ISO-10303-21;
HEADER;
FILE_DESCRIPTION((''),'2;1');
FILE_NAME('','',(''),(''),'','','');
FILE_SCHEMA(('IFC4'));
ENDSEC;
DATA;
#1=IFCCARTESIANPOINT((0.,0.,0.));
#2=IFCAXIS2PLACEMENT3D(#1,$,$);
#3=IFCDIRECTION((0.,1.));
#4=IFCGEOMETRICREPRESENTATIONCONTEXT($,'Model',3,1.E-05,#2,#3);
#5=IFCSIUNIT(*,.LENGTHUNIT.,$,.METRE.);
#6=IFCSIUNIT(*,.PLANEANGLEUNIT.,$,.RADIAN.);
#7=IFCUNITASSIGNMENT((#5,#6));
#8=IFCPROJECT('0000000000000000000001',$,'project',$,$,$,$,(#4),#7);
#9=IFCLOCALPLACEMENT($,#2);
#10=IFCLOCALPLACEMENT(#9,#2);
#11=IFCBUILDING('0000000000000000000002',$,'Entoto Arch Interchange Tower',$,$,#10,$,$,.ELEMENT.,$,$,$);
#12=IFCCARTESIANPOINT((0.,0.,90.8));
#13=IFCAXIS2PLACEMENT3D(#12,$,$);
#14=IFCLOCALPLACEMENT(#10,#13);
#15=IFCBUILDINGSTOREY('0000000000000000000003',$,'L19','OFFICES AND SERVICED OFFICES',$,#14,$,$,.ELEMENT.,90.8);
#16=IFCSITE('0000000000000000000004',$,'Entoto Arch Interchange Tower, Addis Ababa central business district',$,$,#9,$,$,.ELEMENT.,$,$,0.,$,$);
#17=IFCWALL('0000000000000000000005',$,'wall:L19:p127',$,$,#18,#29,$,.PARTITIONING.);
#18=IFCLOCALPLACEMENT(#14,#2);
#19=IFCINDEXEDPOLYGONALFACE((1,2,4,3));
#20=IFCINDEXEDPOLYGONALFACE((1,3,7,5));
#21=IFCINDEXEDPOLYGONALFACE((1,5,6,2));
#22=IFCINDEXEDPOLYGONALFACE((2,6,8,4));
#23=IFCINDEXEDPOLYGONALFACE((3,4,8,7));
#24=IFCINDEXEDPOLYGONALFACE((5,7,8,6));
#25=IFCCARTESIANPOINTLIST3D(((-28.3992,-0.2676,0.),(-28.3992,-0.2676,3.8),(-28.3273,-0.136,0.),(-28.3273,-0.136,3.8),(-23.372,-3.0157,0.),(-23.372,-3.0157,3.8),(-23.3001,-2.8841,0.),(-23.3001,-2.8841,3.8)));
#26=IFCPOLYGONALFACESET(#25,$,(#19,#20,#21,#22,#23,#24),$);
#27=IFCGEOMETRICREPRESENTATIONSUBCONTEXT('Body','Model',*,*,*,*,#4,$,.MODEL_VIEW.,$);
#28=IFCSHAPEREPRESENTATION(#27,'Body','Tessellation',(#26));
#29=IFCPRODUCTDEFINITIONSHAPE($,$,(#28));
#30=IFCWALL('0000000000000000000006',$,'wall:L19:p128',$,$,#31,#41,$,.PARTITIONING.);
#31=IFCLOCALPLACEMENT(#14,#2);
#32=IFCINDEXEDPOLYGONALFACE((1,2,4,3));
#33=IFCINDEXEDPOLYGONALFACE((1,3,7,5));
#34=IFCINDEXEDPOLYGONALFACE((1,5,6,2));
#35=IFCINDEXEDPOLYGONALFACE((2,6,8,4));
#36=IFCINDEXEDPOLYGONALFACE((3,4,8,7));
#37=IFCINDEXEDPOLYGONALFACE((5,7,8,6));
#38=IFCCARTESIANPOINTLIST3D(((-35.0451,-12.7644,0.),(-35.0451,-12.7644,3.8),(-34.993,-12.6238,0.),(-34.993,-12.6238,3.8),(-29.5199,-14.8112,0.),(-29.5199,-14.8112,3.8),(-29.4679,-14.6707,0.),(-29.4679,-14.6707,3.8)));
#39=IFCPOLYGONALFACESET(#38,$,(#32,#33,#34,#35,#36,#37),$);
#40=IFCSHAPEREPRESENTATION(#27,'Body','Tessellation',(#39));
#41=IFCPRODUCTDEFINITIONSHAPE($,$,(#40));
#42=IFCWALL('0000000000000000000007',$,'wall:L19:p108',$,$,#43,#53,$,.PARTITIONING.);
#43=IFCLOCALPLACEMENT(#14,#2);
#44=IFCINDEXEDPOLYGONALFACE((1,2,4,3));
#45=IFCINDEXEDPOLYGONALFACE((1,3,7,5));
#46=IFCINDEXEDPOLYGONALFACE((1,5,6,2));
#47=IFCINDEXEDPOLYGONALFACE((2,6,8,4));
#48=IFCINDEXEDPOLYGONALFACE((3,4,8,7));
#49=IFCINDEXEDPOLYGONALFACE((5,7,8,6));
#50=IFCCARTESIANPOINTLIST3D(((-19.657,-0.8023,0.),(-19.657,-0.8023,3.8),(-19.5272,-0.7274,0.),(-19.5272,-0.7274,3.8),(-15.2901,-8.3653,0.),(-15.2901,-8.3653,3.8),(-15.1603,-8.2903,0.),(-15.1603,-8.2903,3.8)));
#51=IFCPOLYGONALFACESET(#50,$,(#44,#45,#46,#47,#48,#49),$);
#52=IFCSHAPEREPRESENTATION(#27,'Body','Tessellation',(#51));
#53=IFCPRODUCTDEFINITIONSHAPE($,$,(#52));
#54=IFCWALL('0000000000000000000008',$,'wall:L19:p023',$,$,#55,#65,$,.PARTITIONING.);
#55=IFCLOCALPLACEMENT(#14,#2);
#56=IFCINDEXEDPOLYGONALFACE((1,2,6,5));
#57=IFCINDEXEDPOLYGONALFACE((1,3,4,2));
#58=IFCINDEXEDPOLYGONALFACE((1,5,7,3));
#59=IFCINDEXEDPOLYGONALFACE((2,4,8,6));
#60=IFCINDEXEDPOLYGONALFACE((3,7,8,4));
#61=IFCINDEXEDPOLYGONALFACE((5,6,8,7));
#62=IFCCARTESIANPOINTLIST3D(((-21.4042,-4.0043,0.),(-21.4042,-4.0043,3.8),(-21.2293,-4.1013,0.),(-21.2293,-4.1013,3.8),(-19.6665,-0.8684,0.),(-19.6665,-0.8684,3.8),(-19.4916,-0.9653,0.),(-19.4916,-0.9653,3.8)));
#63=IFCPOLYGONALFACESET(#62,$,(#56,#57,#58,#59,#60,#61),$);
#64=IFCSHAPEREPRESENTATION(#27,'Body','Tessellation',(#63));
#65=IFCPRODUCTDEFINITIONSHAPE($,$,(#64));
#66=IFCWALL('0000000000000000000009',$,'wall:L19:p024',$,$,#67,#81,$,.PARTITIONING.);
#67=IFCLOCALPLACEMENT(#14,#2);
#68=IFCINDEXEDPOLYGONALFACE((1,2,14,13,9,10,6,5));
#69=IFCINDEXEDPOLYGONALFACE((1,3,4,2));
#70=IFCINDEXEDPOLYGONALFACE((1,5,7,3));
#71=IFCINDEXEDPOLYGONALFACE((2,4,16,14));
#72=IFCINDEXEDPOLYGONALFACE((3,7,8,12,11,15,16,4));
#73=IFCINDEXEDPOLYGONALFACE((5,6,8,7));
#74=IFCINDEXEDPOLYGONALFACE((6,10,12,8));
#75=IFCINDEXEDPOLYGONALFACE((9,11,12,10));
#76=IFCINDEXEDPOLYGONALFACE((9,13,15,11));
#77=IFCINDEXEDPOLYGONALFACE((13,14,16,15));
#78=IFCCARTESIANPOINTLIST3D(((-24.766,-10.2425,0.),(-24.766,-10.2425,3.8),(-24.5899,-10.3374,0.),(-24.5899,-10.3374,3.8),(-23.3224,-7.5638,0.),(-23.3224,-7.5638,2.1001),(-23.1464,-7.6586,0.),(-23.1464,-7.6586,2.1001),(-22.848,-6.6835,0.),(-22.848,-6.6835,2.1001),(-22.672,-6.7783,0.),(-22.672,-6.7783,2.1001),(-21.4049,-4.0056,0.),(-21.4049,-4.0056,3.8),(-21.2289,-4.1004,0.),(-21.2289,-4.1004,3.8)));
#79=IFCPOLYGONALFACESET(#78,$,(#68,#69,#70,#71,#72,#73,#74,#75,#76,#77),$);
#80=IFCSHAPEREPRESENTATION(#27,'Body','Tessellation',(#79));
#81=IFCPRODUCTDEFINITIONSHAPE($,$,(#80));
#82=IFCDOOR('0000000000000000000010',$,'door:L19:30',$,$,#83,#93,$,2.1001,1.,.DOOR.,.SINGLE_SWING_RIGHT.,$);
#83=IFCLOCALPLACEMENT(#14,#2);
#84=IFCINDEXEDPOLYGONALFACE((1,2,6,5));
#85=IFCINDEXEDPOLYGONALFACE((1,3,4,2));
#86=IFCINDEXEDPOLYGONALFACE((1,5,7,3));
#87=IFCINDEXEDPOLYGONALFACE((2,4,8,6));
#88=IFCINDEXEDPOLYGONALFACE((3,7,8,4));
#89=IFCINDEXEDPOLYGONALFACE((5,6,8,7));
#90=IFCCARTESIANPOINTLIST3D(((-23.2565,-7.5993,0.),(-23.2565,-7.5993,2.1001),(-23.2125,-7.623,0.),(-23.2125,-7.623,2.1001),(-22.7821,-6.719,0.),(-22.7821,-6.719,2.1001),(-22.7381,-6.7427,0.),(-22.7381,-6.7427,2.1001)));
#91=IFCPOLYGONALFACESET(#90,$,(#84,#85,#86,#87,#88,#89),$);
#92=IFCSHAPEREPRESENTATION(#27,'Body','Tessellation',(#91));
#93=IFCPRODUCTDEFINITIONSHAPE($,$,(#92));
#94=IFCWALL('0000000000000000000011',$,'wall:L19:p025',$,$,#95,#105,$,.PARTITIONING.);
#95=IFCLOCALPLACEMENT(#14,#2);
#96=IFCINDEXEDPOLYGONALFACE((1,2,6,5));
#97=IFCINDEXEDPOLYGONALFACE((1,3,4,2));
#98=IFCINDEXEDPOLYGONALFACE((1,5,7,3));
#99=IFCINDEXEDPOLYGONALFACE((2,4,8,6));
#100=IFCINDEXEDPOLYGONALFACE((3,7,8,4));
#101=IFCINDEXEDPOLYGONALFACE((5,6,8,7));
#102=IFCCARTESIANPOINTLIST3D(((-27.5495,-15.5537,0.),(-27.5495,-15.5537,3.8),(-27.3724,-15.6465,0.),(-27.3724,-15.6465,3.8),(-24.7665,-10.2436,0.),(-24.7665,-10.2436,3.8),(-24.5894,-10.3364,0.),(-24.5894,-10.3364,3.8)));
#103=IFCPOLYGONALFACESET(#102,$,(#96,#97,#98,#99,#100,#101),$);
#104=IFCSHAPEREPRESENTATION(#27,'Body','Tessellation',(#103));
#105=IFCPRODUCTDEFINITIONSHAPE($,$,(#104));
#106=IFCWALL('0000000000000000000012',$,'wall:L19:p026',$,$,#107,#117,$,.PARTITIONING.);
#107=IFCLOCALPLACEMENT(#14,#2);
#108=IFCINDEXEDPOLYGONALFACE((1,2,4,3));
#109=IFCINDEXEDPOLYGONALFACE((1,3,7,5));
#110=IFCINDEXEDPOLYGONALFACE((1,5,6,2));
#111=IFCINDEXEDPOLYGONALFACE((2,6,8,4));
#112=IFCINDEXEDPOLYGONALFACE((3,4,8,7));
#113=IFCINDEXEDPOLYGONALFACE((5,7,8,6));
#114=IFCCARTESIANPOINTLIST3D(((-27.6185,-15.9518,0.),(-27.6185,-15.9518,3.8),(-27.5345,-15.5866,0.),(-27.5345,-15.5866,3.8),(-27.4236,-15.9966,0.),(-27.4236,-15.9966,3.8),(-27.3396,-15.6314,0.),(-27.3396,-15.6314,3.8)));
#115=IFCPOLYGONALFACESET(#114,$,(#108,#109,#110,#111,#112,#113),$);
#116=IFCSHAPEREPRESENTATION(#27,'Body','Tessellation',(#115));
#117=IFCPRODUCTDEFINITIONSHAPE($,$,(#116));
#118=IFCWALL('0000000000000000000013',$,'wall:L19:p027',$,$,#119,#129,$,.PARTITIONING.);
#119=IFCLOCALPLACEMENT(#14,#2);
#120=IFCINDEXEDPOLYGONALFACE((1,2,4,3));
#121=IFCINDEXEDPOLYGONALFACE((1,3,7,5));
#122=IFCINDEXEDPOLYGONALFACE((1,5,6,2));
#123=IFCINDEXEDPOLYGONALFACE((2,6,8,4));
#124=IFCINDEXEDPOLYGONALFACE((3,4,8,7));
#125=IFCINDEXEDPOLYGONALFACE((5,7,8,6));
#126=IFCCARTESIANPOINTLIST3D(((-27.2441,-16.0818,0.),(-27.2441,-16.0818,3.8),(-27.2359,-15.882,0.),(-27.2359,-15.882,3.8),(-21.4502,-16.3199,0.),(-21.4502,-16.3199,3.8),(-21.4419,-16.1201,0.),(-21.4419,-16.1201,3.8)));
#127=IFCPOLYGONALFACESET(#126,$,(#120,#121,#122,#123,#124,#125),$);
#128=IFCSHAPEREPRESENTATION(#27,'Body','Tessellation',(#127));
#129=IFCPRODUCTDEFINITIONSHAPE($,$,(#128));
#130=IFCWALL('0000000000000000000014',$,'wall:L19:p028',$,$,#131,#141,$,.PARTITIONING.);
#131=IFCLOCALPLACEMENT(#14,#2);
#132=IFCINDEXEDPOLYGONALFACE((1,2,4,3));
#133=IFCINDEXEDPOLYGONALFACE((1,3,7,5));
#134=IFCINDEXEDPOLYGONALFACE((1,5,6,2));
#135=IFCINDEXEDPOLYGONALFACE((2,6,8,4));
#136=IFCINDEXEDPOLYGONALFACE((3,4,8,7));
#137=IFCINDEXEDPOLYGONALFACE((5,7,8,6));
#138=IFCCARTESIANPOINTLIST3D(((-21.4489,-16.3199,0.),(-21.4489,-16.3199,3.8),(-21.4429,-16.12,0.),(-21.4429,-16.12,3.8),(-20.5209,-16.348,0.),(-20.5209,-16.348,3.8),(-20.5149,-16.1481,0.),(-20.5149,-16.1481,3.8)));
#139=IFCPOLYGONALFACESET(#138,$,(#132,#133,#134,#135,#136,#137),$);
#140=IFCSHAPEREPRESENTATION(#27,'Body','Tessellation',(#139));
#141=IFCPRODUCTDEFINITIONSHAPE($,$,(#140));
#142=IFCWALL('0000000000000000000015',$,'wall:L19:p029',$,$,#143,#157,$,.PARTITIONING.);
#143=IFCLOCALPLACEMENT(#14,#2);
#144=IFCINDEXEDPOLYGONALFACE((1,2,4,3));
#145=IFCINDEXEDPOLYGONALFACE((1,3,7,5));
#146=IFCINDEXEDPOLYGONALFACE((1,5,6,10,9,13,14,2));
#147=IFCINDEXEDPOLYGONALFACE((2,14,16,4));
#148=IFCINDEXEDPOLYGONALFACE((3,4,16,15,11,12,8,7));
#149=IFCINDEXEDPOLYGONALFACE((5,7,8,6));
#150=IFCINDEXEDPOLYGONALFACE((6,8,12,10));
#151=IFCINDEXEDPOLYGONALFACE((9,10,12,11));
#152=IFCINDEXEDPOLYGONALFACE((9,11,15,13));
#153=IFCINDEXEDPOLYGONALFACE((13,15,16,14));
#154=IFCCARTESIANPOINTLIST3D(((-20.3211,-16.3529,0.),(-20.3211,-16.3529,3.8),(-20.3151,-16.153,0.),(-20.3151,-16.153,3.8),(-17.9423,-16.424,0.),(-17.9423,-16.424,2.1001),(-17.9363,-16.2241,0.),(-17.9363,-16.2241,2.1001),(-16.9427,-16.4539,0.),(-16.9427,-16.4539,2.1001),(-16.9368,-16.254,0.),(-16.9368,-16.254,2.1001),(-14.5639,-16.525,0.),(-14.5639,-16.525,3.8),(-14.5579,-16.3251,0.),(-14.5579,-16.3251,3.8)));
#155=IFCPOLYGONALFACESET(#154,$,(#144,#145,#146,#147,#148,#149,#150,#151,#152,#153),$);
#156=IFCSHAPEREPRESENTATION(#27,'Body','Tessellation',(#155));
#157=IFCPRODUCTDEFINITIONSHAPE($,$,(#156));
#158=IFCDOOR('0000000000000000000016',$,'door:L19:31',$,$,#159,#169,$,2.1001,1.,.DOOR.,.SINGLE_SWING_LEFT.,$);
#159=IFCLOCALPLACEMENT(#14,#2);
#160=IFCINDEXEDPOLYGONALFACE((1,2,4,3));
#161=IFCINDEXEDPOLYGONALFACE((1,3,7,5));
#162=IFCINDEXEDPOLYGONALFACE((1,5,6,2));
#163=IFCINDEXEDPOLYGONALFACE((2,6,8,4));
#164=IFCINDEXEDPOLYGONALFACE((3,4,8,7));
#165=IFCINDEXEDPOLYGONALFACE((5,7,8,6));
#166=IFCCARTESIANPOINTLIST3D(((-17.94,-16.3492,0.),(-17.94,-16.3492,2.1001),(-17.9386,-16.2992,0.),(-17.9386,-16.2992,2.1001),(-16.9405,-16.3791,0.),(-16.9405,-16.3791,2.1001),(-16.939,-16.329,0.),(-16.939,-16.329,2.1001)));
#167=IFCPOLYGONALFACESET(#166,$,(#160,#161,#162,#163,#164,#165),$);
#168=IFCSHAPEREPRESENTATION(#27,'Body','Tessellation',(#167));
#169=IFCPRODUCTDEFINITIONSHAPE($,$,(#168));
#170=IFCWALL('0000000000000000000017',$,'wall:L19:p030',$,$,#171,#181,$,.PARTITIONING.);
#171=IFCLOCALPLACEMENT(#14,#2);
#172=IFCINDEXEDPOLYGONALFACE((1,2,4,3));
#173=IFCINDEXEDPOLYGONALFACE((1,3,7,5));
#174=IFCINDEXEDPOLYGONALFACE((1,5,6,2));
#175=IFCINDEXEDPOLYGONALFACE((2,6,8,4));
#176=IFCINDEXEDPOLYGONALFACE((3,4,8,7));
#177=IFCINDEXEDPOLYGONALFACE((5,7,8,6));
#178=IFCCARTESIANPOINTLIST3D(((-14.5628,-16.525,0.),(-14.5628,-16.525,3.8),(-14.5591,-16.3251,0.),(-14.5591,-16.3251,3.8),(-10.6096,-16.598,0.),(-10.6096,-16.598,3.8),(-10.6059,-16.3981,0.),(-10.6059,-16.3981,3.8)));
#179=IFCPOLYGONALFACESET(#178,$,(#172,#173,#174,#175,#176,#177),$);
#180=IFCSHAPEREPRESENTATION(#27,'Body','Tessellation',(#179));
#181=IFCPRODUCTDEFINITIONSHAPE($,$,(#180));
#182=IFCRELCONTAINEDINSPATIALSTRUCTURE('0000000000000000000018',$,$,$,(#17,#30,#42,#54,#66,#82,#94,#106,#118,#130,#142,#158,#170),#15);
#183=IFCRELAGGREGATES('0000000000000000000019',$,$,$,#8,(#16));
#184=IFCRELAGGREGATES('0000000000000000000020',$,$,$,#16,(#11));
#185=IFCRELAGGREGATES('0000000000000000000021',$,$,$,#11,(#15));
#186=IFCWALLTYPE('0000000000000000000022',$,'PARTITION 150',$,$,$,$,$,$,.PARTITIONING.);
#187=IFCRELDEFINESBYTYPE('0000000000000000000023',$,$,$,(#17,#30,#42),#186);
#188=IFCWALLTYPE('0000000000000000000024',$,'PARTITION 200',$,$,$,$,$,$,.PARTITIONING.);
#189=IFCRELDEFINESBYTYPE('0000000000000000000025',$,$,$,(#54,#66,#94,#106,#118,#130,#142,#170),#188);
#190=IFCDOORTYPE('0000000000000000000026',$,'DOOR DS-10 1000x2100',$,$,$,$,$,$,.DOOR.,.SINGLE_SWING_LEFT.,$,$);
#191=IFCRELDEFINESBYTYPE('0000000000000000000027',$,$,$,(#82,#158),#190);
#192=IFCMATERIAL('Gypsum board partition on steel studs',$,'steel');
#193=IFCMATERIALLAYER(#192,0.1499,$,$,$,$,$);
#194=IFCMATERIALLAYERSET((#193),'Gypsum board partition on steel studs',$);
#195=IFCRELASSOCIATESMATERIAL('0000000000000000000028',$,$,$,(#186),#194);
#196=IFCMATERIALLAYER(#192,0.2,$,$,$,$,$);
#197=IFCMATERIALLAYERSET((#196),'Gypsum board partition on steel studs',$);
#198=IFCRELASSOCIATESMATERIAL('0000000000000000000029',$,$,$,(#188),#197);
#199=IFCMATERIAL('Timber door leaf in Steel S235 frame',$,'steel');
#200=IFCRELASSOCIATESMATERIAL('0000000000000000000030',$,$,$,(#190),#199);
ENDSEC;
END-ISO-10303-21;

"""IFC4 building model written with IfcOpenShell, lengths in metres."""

from ifc_helpers import new_model, si_unit, direction, frame, frame_2d, origin, place, context, subcontext, project, spatial, rectangle, extrude, material, layer, layer_set, type_object, element, fill, save


model = new_model("IFC4")

# Units and contexts
model_context = context("Model", 3, precision=1e-05, world=origin(), true_north=direction((0.0, 1.0)))
body_context = subcontext(model_context, "Body", "Model", "MODEL_VIEW")
ifc_project = project(units=[si_unit("LENGTHUNIT", "METRE"), si_unit("PLANEANGLEUNIT", "RADIAN")], contexts=[model_context])

# Site, building, storey
site_placement = place(None, origin())
site = spatial("IfcSite", under=ifc_project, at=site_placement, Name="Entoto Arch Interchange Tower, Addis Ababa central business district", CompositionType="ELEMENT", RefElevation=0.0)
building_placement = place(site_placement, origin())
building = spatial("IfcBuilding", under=site, at=building_placement, Name="Entoto Arch Interchange Tower", CompositionType="ELEMENT")
storey_placement = place(building_placement, frame((0.0, 0.0, 90.8)))
storey = spatial("IfcBuildingStorey", under=building, at=storey_placement, Name="L19", Description="OFFICES AND SERVICED OFFICES", CompositionType="ELEMENT", Elevation=90.8)

# Walls
ifc_material_1 = material(Name="Gypsum board partition on steel studs", Category="steel")
ifc_layer_1 = layer(ifc_material_1, 0.1499)
ifc_layer_set_1 = layer_set([ifc_layer_1], Name="Gypsum board partition on steel studs")
wall_type_1 = type_object("IfcWallType", Name="PARTITION 150", PredefinedType="PARTITIONING", material=ifc_layer_set_1)
wall_1_placement = place(storey_placement, frame((-23.3359, -2.95, 0.0), z_axis=(0.0, 0.0, 1.0), x_axis=(-0.877455, 0.479658, 0.0)))
element("IfcWall", 1, at=wall_1_placement, inside=storey, type_object=wall_type_1, Name="wall:L19:p127", PredefinedType="PARTITIONING", context=body_context, shape_type="SweptSolid", body=[
    extrude(rectangle(XDim=5.7292, YDim=0.1499, at=frame_2d((2.8647, 0.0))), origin(), (0.0, 0.0, 1.0), 3.8),
])
wall_2_placement = place(storey_placement, frame((-29.4939, -14.741, 0.0), z_axis=(0.0, 0.0, 1.0), x_axis=(-0.93772, 0.347393, 0.0)))
element("IfcWall", 2, at=wall_2_placement, inside=storey, type_object=wall_type_1, Name="wall:L19:p128", PredefinedType="PARTITIONING", context=body_context, shape_type="SweptSolid", body=[
    extrude(rectangle(XDim=5.8921, YDim=0.1499, at=frame_2d((2.946, 0.0))), origin(), (0.0, 0.0, 1.0), 3.8),
])
wall_3_placement = place(storey_placement, frame((-15.2251, -8.3279, 0.0), z_axis=(0.0, 0.0, 1.0), x_axis=(-0.500039, 0.866003, 0.0)))
element("IfcWall", 3, at=wall_3_placement, inside=storey, type_object=wall_type_1, Name="wall:L19:p108", PredefinedType="PARTITIONING", context=body_context, shape_type="SweptSolid", body=[
    extrude(rectangle(XDim=8.7332, YDim=0.1499, at=frame_2d((4.3667, 0.0))), origin(), (0.0, 0.0, 1.0), 3.8),
])
ifc_layer_2 = layer(ifc_material_1, 0.2)
ifc_layer_set_2 = layer_set([ifc_layer_2], Name="Gypsum board partition on steel studs")
wall_type_2 = type_object("IfcWallType", Name="PARTITION 200", PredefinedType="PARTITIONING", material=ifc_layer_set_2)
wall_4_placement = place(storey_placement, frame((-19.5791, -0.917, 0.0), z_axis=(0.0, 0.0, 1.0), x_axis=(-0.4847, -0.87468, 0.0)))
element("IfcWall", 4, at=wall_4_placement, inside=storey, type_object=wall_type_2, Name="wall:L19:p023", PredefinedType="PARTITIONING", context=body_context, shape_type="SweptSolid", body=[
    extrude(rectangle(XDim=3.5852, YDim=0.2, at=frame_2d((1.7925, 0.0))), origin(), (0.0, 0.0, 1.0), 3.8),
])

# Wall, opening, door
wall_5_placement = place(storey_placement, frame((-21.3169, -4.053, 0.0), z_axis=(0.0, 0.0, 1.0), x_axis=(-0.474392, -0.880314, 0.0)))
wall_5 = element("IfcWall", 5, at=wall_5_placement, inside=storey, type_object=wall_type_2, Name="wall:L19:p024", PredefinedType="PARTITIONING", context=body_context, shape_type="SweptSolid", body=[
    extrude(rectangle(XDim=7.085, YDim=0.2, at=frame_2d((3.5425, 0.0))), origin(), (0.0, 0.0, 1.0), 3.8),
])
opening_1_placement = place(wall_5_placement, frame((3.042, 0.0, 0.0)))
opening_1 = element("IfcOpeningElement", 6, at=opening_1_placement, cuts=wall_5, PredefinedType="OPENING", context=body_context, shape_type="SweptSolid", body=[
    extrude(rectangle(XDim=1.0, YDim=2.1001, at=frame_2d((0.5, 1.05))), frame((0.0, 0.1099, 0.0), z_axis=(0.0, -1.0, 0.0), x_axis=(1.0, 0.0, 0.0)), (0.0, 0.0, 1.0), 0.22),
])
ifc_material_2 = material(Name="Timber door leaf in Steel S235 frame", Category="steel")
door_type = type_object("IfcDoorType", Name="DOOR DS-10 1000x2100", OperationType="SINGLE_SWING_LEFT", PredefinedType="DOOR", material=ifc_material_2)
door_1_placement = place(opening_1_placement, origin())
door_1 = element("IfcDoor", 7, at=door_1_placement, inside=storey, type_object=door_type, Name="door:L19:30", OperationType="SINGLE_SWING_RIGHT", OverallHeight=2.1001, OverallWidth=1.0, PredefinedType="DOOR", context=body_context, shape_type="SweptSolid", body=[
    extrude(rectangle(XDim=1.0, YDim=2.1001, at=frame_2d((0.5, 1.05))), frame((0.0, 0.0249, 0.0), z_axis=(0.0, -1.0, 0.0), x_axis=(1.0, 0.0, 0.0)), (0.0, 0.0, 1.0), 0.05),
])
fill(opening_1, door_1)

# Walls
wall_6_placement = place(storey_placement, frame((-24.678, -10.29, 0.0), z_axis=(0.0, 0.0, 1.0), x_axis=(-0.464203, -0.885729, 0.0)))
element("IfcWall", 8, at=wall_6_placement, inside=storey, type_object=wall_type_2, Name="wall:L19:p025", PredefinedType="PARTITIONING", context=body_context, shape_type="SweptSolid", body=[
    extrude(rectangle(XDim=5.9951, YDim=0.2, at=frame_2d((2.9976, 0.0))), origin(), (0.0, 0.0, 1.0), 3.8),
])
wall_7_placement = place(storey_placement, frame((-27.437, -15.6089, 0.0), z_axis=(0.0, 0.0, 1.0), x_axis=(-0.224098, -0.974567, 0.0)))
element("IfcWall", 9, at=wall_7_placement, inside=storey, type_object=wall_type_2, Name="wall:L19:p026", PredefinedType="PARTITIONING", context=body_context, shape_type="SweptSolid", body=[
    extrude(rectangle(XDim=0.3748, YDim=0.2, at=frame_2d((0.1875, 0.0))), origin(), (0.0, 0.0, 1.0), 3.8),
])
wall_8_placement = place(storey_placement, frame((-27.24, -15.9819, 0.0), z_axis=(0.0, 0.0, 1.0), x_axis=(0.999157, -0.041049, 0.0)))
element("IfcWall", 10, at=wall_8_placement, inside=storey, type_object=wall_type_2, Name="wall:L19:p027", PredefinedType="PARTITIONING", context=body_context, shape_type="SweptSolid", body=[
    extrude(rectangle(XDim=5.7988, YDim=0.2, at=frame_2d((2.8994, 0.0))), origin(), (0.0, 0.0, 1.0), 3.8),
])
wall_9_placement = place(storey_placement, frame((-21.446, -16.22, 0.0), z_axis=(0.0, 0.0, 1.0), x_axis=(0.999543, -0.030241, 0.0)))
element("IfcWall", 11, at=wall_9_placement, inside=storey, type_object=wall_type_2, Name="wall:L19:p028", PredefinedType="PARTITIONING", context=body_context, shape_type="SweptSolid", body=[
    extrude(rectangle(XDim=0.9285, YDim=0.2, at=frame_2d((0.4644, 0.0))), origin(), (0.0, 0.0, 1.0), 3.8),
])

# Wall, opening, door
wall_10_placement = place(storey_placement, frame((-20.3181, -16.2529, 0.0), z_axis=(0.0, 0.0, 1.0), x_axis=(0.999553, -0.029884, 0.0)))
wall_10 = element("IfcWall", 12, at=wall_10_placement, inside=storey, type_object=wall_type_2, Name="wall:L19:p029", PredefinedType="PARTITIONING", context=body_context, shape_type="SweptSolid", body=[
    extrude(rectangle(XDim=5.7598, YDim=0.2, at=frame_2d((2.8799, 0.0))), origin(), (0.0, 0.0, 1.0), 3.8),
])
opening_2_placement = place(wall_10_placement, frame((2.3799, 0.0, 0.0)))
opening_2 = element("IfcOpeningElement", 13, at=opening_2_placement, cuts=wall_10, PredefinedType="OPENING", context=body_context, shape_type="SweptSolid", body=[
    extrude(rectangle(XDim=1.0, YDim=2.1001, at=frame_2d((0.5, 1.05))), frame((0.0, 0.1099, 0.0), z_axis=(0.0, -1.0, 0.0), x_axis=(1.0, 0.0, 0.0)), (0.0, 0.0, 1.0), 0.22),
])
door_2_placement = place(opening_2_placement, origin())
door_2 = element("IfcDoor", 14, at=door_2_placement, inside=storey, type_object=door_type, Name="door:L19:31", OperationType="SINGLE_SWING_LEFT", OverallHeight=2.1001, OverallWidth=1.0, PredefinedType="DOOR", context=body_context, shape_type="SweptSolid", body=[
    extrude(rectangle(XDim=1.0, YDim=2.1001, at=frame_2d((0.5, 1.05))), frame((0.0, 0.0249, 0.0), z_axis=(0.0, -1.0, 0.0), x_axis=(1.0, 0.0, 0.0)), (0.0, 0.0, 1.0), 0.05),
])
fill(opening_2, door_2)

# Wall
wall_11_placement = place(storey_placement, frame((-14.561, -16.425, 0.0), z_axis=(0.0, 0.0, 1.0), x_axis=(0.99983, -0.018463, 0.0)))
element("IfcWall", 15, at=wall_11_placement, inside=storey, type_object=wall_type_2, Name="wall:L19:p030", PredefinedType="PARTITIONING", context=body_context, shape_type="SweptSolid", body=[
    extrude(rectangle(XDim=3.9539, YDim=0.2, at=frame_2d((1.9771, 0.0))), origin(), (0.0, 0.0, 1.0), 3.8),
])

save(model, "model.ifc")
